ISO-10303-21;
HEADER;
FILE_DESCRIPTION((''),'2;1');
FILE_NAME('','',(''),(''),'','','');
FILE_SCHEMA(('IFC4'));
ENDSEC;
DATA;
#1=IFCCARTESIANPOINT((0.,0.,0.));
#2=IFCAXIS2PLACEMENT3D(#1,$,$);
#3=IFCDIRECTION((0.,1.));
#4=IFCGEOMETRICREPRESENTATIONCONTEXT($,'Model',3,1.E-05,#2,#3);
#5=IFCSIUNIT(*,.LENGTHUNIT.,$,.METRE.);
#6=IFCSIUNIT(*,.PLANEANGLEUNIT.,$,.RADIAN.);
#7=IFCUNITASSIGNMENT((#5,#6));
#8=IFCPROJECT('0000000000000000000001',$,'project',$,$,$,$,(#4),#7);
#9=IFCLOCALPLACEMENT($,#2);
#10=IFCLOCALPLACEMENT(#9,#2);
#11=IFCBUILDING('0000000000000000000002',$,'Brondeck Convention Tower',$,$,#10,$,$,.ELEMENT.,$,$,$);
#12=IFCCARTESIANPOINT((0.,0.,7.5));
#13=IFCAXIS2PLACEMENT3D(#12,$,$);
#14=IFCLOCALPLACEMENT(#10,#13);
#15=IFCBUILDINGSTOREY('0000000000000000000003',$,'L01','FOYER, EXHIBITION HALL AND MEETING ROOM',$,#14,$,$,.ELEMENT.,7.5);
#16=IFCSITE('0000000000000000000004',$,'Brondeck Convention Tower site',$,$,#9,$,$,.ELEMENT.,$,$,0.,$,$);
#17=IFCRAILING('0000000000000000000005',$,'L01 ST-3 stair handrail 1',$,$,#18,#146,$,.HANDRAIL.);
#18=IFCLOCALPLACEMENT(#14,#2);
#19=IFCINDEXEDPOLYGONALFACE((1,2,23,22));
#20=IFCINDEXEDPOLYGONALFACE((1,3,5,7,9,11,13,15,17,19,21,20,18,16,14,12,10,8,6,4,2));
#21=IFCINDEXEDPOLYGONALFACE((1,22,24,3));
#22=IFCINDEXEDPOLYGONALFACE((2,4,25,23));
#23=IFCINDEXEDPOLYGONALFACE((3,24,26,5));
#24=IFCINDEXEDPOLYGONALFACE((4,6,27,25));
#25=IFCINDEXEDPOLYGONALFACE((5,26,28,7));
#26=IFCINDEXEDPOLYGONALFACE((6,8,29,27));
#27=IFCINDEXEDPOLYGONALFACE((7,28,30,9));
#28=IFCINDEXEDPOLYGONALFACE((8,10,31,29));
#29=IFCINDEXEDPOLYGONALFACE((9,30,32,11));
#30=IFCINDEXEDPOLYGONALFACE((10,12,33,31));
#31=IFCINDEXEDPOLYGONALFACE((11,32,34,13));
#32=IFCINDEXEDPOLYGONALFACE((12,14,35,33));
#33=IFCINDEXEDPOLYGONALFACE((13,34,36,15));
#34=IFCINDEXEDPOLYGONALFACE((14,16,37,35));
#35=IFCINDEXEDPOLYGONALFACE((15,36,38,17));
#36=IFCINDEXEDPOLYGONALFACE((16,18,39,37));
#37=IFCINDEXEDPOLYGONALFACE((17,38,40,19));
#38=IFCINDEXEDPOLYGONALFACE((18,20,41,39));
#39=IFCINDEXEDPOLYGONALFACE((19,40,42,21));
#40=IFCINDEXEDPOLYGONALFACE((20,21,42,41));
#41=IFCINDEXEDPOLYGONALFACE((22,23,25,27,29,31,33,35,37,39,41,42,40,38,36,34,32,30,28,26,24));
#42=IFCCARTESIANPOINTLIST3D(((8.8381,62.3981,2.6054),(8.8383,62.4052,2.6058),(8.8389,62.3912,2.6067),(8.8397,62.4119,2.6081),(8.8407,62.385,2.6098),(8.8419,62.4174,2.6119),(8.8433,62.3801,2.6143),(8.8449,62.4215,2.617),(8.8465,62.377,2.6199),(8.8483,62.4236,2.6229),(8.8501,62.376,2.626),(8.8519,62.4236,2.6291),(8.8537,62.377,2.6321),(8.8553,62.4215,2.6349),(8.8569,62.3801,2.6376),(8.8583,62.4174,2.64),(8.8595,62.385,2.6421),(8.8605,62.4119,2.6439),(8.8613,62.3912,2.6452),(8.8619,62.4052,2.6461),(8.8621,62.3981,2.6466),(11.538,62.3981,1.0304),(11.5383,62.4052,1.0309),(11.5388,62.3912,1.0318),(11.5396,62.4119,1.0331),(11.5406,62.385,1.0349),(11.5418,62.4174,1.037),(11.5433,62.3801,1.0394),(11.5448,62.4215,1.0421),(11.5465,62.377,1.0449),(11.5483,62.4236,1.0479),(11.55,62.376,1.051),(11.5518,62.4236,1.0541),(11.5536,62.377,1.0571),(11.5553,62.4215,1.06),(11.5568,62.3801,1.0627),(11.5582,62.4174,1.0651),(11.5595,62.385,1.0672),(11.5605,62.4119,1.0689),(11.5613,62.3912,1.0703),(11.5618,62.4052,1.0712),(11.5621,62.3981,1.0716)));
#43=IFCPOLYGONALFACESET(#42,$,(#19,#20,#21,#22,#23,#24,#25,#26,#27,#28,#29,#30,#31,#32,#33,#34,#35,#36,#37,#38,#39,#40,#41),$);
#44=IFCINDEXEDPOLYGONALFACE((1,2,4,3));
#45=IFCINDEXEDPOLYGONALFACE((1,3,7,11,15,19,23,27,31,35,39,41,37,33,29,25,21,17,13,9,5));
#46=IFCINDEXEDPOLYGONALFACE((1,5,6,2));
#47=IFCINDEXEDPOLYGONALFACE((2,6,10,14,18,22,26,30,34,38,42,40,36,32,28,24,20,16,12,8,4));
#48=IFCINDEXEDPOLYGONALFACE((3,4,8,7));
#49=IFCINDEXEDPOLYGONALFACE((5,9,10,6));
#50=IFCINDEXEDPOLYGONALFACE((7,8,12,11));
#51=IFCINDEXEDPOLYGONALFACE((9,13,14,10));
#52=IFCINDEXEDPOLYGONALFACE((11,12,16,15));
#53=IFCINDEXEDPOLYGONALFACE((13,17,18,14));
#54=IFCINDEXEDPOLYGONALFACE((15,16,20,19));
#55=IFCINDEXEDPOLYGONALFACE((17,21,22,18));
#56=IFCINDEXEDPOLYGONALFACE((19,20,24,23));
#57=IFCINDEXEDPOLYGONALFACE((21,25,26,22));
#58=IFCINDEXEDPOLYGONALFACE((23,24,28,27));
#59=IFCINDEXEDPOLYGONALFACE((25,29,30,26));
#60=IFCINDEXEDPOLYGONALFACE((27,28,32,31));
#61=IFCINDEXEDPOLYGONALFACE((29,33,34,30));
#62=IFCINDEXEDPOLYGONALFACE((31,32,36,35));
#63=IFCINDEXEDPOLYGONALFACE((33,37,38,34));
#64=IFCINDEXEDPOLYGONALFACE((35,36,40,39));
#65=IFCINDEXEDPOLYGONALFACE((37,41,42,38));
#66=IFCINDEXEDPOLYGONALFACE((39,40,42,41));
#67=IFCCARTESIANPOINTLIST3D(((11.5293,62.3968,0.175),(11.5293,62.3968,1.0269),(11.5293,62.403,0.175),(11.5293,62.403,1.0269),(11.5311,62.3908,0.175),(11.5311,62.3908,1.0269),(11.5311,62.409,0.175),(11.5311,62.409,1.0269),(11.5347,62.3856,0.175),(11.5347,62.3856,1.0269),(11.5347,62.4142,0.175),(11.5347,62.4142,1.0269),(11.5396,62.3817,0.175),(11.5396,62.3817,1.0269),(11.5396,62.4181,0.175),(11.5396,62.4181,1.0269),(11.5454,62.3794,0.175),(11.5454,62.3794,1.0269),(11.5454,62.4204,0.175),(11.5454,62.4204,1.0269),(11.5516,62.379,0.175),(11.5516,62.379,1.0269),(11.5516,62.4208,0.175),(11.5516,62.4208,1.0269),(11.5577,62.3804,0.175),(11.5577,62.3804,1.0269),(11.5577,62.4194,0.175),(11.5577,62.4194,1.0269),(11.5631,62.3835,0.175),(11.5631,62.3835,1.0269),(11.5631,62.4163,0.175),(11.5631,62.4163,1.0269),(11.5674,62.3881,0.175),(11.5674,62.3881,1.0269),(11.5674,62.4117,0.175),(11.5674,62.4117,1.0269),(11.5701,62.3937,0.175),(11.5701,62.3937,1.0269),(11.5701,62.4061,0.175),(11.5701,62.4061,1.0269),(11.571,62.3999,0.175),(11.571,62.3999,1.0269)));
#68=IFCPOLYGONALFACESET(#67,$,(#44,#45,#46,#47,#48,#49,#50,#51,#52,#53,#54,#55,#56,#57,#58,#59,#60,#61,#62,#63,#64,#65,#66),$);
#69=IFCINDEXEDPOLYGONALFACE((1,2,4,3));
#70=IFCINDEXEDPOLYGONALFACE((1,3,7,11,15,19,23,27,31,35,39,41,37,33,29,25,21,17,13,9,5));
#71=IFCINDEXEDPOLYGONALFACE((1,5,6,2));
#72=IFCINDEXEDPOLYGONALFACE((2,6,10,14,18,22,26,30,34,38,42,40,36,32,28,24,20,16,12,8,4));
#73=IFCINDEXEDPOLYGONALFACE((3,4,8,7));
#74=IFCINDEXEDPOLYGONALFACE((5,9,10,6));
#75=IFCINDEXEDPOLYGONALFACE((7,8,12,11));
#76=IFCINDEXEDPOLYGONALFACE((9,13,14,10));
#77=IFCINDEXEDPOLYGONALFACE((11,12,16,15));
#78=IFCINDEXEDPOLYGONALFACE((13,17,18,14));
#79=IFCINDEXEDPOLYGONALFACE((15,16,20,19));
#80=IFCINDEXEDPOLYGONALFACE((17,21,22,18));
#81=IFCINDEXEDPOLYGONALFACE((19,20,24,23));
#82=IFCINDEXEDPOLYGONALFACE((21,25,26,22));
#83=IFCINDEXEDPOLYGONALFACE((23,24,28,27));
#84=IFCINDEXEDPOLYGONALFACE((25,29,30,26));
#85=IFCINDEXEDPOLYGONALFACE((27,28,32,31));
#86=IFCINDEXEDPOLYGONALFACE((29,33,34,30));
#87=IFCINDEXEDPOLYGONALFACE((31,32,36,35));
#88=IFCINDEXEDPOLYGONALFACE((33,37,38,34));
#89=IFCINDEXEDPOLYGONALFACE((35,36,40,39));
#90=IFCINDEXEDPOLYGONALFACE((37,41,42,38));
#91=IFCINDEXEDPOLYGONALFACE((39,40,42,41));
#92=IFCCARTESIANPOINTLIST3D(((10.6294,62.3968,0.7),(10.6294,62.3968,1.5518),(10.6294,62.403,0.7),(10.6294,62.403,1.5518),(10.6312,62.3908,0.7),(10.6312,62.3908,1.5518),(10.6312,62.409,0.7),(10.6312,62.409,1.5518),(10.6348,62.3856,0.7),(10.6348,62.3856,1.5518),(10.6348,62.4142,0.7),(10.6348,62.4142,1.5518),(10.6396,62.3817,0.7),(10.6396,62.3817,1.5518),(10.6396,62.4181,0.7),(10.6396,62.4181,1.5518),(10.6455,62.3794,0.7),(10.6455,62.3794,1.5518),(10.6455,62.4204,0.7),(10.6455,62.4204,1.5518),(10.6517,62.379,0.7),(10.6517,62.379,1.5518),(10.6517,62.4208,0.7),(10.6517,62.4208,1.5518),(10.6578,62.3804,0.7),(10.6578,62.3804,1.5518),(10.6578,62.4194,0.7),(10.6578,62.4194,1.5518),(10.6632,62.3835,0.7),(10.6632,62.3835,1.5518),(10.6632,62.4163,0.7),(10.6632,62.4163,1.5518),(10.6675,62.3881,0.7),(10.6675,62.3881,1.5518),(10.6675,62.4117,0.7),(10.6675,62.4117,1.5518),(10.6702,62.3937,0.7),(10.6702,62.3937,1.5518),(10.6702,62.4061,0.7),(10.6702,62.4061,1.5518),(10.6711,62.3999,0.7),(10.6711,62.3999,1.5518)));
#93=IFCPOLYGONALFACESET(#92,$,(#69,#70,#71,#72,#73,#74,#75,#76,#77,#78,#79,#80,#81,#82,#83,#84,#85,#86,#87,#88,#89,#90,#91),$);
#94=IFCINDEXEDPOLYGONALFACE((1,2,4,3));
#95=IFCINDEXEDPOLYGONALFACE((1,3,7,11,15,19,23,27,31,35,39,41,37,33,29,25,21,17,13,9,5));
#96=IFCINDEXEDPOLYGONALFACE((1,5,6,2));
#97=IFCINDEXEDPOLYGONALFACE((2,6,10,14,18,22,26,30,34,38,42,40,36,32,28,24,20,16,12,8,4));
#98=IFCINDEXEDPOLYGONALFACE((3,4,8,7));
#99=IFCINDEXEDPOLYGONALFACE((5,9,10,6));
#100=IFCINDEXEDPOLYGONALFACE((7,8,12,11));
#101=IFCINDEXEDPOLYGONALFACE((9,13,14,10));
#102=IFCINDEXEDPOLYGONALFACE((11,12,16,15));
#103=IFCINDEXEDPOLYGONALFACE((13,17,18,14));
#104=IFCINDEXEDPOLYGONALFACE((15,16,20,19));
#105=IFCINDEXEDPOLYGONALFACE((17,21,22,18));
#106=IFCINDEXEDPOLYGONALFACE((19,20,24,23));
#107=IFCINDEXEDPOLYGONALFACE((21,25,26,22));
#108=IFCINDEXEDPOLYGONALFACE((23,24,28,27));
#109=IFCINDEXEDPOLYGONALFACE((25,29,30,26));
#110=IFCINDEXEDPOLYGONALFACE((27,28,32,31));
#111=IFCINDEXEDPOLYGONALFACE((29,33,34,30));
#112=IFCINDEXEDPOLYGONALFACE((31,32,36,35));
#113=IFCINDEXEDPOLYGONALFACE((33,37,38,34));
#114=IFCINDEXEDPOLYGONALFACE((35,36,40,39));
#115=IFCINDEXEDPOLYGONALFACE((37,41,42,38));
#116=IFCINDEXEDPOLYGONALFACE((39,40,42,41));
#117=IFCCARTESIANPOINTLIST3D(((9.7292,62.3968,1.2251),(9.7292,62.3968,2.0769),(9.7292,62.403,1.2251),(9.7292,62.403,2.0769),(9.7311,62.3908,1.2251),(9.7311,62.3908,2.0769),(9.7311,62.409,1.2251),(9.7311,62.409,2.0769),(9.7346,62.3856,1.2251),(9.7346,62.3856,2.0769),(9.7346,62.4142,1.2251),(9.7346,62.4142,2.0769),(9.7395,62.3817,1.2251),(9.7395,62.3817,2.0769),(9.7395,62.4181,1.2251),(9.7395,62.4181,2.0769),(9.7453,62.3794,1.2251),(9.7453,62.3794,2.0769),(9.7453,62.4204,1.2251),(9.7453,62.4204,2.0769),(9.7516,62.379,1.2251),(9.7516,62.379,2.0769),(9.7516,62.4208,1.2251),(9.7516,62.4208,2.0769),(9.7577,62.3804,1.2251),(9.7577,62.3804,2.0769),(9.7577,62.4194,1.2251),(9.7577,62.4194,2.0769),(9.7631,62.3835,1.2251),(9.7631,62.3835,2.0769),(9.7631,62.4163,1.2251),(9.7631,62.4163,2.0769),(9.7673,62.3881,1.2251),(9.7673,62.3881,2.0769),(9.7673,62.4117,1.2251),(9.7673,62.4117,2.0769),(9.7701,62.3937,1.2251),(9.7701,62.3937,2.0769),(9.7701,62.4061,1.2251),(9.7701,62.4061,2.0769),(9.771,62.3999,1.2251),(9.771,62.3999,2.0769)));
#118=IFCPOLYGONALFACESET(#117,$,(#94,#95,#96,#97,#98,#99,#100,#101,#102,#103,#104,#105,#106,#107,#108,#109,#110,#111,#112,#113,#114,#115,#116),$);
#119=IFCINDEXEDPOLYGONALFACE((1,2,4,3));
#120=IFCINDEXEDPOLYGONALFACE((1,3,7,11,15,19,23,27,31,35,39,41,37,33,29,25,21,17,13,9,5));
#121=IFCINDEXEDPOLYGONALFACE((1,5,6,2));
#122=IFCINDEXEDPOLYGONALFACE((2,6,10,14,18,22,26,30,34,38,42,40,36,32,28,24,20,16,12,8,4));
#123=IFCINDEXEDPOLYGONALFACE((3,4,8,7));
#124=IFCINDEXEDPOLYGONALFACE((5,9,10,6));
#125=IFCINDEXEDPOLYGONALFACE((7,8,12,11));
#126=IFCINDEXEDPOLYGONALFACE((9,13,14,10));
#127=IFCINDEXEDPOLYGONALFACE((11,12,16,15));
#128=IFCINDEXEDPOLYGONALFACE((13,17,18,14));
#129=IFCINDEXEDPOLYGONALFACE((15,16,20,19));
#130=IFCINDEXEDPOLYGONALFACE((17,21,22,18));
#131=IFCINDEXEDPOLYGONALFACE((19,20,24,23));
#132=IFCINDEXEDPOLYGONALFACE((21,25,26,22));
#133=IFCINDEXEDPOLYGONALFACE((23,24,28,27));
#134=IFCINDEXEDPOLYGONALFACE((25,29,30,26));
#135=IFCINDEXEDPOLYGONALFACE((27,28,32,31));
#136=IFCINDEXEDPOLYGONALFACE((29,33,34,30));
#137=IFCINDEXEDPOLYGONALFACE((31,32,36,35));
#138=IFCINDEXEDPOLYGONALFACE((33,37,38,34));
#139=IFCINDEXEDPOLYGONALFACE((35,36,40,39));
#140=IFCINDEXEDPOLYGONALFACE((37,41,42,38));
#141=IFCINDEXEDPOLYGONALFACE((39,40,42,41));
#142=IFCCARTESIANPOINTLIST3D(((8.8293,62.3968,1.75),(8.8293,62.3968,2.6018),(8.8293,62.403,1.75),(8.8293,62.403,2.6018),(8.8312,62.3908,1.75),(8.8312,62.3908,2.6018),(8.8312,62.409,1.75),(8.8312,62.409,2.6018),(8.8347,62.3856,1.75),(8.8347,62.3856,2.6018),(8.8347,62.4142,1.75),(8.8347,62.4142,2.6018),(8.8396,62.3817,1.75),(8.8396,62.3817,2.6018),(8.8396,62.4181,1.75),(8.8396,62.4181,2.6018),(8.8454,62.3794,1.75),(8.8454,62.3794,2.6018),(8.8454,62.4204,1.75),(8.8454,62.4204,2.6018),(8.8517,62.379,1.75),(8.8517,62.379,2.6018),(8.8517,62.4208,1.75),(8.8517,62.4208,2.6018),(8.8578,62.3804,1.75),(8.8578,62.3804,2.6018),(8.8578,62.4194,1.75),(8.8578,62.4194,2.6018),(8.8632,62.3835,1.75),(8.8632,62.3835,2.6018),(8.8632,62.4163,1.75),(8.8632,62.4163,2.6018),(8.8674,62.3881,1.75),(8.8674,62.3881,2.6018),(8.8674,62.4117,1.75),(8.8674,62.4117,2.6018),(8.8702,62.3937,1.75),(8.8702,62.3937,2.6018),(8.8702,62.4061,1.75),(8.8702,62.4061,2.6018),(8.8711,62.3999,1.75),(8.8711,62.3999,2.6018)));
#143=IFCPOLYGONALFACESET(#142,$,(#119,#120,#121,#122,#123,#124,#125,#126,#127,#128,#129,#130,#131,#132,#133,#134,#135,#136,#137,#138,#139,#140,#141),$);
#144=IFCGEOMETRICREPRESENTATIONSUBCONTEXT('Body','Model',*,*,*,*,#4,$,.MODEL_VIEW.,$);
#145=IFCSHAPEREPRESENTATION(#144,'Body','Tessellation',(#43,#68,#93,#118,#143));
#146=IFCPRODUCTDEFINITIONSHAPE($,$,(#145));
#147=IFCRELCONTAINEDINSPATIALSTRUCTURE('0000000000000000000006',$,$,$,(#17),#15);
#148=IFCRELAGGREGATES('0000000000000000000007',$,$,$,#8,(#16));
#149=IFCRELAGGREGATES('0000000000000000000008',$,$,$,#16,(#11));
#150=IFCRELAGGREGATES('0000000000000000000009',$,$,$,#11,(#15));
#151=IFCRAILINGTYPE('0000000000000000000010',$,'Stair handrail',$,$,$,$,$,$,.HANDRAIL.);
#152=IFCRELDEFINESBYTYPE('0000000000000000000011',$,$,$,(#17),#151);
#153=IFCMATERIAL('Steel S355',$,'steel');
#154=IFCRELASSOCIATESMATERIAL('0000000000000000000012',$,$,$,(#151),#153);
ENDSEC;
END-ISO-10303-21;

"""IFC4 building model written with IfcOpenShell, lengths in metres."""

from ifc_helpers import new_model, si_unit, direction, frame, origin, origin_2d, place, context, subcontext, project, spatial, circle, extrude, material, type_object, element, save


model = new_model("IFC4")

# Units and contexts
model_context = context("Model", 3, precision=1e-05, world=origin(), true_north=direction((0.0, 1.0)))
body_context = subcontext(model_context, "Body", "Model", "MODEL_VIEW")
ifc_project = project(units=[si_unit("LENGTHUNIT", "METRE"), si_unit("PLANEANGLEUNIT", "RADIAN")], contexts=[model_context])

# Site, building, storey
site_placement = place(None, origin())
site = spatial("IfcSite", under=ifc_project, at=site_placement, Name="Brondeck Convention Tower site", CompositionType="ELEMENT", RefElevation=0.0)
building_placement = place(site_placement, origin())
building = spatial("IfcBuilding", under=site, at=building_placement, Name="Brondeck Convention Tower", CompositionType="ELEMENT")
storey_placement = place(building_placement, frame((0.0, 0.0, 7.5)))
storey = spatial("IfcBuildingStorey", under=building, at=storey_placement, Name="L01", Description="FOYER, EXHIBITION HALL AND MEETING ROOM", CompositionType="ELEMENT", Elevation=7.5)

# Shared definitions
ifc_material_1 = material(Name="Steel S355", Category="steel")

# Railing
railing_type_1 = type_object("IfcRailingType", Name="Stair handrail", PredefinedType="HANDRAIL", material=ifc_material_1)
railing_1_placement = place(storey_placement, frame((11.55, 62.3999, 0.175)))
element("IfcRailing", 1, at=railing_1_placement, inside=storey, type_object=railing_type_1, Name="L01 ST-3 stair handrail 1", PredefinedType="HANDRAIL", context=body_context, shape_type="SweptSolid", body=[
    extrude(circle(Radius=0.0239, at=origin_2d()), frame((0.0, 0.0, 0.876), z_axis=(-0.863782, 0.0, 0.503866), x_axis=(0.0, -1.0, 0.0)), (0.0, 0.0, 1.0), 3.1257),
    extrude(circle(Radius=0.021, at=origin_2d()), origin(), (0.0, 0.0, 1.0), 0.8518),
    extrude(circle(Radius=0.021, at=origin_2d()), frame((-0.8999, 0.0, 0.5249)), (0.0, 0.0, 1.0), 0.8518),
    extrude(circle(Radius=0.021, at=origin_2d()), frame((-1.8, 0.0, 1.05)), (0.0, 0.0, 1.0), 0.8518),
    extrude(circle(Radius=0.021, at=origin_2d()), frame((-2.7, 0.0, 1.575)), (0.0, 0.0, 1.0), 0.8518),
])

save(model, "model.ifc")
